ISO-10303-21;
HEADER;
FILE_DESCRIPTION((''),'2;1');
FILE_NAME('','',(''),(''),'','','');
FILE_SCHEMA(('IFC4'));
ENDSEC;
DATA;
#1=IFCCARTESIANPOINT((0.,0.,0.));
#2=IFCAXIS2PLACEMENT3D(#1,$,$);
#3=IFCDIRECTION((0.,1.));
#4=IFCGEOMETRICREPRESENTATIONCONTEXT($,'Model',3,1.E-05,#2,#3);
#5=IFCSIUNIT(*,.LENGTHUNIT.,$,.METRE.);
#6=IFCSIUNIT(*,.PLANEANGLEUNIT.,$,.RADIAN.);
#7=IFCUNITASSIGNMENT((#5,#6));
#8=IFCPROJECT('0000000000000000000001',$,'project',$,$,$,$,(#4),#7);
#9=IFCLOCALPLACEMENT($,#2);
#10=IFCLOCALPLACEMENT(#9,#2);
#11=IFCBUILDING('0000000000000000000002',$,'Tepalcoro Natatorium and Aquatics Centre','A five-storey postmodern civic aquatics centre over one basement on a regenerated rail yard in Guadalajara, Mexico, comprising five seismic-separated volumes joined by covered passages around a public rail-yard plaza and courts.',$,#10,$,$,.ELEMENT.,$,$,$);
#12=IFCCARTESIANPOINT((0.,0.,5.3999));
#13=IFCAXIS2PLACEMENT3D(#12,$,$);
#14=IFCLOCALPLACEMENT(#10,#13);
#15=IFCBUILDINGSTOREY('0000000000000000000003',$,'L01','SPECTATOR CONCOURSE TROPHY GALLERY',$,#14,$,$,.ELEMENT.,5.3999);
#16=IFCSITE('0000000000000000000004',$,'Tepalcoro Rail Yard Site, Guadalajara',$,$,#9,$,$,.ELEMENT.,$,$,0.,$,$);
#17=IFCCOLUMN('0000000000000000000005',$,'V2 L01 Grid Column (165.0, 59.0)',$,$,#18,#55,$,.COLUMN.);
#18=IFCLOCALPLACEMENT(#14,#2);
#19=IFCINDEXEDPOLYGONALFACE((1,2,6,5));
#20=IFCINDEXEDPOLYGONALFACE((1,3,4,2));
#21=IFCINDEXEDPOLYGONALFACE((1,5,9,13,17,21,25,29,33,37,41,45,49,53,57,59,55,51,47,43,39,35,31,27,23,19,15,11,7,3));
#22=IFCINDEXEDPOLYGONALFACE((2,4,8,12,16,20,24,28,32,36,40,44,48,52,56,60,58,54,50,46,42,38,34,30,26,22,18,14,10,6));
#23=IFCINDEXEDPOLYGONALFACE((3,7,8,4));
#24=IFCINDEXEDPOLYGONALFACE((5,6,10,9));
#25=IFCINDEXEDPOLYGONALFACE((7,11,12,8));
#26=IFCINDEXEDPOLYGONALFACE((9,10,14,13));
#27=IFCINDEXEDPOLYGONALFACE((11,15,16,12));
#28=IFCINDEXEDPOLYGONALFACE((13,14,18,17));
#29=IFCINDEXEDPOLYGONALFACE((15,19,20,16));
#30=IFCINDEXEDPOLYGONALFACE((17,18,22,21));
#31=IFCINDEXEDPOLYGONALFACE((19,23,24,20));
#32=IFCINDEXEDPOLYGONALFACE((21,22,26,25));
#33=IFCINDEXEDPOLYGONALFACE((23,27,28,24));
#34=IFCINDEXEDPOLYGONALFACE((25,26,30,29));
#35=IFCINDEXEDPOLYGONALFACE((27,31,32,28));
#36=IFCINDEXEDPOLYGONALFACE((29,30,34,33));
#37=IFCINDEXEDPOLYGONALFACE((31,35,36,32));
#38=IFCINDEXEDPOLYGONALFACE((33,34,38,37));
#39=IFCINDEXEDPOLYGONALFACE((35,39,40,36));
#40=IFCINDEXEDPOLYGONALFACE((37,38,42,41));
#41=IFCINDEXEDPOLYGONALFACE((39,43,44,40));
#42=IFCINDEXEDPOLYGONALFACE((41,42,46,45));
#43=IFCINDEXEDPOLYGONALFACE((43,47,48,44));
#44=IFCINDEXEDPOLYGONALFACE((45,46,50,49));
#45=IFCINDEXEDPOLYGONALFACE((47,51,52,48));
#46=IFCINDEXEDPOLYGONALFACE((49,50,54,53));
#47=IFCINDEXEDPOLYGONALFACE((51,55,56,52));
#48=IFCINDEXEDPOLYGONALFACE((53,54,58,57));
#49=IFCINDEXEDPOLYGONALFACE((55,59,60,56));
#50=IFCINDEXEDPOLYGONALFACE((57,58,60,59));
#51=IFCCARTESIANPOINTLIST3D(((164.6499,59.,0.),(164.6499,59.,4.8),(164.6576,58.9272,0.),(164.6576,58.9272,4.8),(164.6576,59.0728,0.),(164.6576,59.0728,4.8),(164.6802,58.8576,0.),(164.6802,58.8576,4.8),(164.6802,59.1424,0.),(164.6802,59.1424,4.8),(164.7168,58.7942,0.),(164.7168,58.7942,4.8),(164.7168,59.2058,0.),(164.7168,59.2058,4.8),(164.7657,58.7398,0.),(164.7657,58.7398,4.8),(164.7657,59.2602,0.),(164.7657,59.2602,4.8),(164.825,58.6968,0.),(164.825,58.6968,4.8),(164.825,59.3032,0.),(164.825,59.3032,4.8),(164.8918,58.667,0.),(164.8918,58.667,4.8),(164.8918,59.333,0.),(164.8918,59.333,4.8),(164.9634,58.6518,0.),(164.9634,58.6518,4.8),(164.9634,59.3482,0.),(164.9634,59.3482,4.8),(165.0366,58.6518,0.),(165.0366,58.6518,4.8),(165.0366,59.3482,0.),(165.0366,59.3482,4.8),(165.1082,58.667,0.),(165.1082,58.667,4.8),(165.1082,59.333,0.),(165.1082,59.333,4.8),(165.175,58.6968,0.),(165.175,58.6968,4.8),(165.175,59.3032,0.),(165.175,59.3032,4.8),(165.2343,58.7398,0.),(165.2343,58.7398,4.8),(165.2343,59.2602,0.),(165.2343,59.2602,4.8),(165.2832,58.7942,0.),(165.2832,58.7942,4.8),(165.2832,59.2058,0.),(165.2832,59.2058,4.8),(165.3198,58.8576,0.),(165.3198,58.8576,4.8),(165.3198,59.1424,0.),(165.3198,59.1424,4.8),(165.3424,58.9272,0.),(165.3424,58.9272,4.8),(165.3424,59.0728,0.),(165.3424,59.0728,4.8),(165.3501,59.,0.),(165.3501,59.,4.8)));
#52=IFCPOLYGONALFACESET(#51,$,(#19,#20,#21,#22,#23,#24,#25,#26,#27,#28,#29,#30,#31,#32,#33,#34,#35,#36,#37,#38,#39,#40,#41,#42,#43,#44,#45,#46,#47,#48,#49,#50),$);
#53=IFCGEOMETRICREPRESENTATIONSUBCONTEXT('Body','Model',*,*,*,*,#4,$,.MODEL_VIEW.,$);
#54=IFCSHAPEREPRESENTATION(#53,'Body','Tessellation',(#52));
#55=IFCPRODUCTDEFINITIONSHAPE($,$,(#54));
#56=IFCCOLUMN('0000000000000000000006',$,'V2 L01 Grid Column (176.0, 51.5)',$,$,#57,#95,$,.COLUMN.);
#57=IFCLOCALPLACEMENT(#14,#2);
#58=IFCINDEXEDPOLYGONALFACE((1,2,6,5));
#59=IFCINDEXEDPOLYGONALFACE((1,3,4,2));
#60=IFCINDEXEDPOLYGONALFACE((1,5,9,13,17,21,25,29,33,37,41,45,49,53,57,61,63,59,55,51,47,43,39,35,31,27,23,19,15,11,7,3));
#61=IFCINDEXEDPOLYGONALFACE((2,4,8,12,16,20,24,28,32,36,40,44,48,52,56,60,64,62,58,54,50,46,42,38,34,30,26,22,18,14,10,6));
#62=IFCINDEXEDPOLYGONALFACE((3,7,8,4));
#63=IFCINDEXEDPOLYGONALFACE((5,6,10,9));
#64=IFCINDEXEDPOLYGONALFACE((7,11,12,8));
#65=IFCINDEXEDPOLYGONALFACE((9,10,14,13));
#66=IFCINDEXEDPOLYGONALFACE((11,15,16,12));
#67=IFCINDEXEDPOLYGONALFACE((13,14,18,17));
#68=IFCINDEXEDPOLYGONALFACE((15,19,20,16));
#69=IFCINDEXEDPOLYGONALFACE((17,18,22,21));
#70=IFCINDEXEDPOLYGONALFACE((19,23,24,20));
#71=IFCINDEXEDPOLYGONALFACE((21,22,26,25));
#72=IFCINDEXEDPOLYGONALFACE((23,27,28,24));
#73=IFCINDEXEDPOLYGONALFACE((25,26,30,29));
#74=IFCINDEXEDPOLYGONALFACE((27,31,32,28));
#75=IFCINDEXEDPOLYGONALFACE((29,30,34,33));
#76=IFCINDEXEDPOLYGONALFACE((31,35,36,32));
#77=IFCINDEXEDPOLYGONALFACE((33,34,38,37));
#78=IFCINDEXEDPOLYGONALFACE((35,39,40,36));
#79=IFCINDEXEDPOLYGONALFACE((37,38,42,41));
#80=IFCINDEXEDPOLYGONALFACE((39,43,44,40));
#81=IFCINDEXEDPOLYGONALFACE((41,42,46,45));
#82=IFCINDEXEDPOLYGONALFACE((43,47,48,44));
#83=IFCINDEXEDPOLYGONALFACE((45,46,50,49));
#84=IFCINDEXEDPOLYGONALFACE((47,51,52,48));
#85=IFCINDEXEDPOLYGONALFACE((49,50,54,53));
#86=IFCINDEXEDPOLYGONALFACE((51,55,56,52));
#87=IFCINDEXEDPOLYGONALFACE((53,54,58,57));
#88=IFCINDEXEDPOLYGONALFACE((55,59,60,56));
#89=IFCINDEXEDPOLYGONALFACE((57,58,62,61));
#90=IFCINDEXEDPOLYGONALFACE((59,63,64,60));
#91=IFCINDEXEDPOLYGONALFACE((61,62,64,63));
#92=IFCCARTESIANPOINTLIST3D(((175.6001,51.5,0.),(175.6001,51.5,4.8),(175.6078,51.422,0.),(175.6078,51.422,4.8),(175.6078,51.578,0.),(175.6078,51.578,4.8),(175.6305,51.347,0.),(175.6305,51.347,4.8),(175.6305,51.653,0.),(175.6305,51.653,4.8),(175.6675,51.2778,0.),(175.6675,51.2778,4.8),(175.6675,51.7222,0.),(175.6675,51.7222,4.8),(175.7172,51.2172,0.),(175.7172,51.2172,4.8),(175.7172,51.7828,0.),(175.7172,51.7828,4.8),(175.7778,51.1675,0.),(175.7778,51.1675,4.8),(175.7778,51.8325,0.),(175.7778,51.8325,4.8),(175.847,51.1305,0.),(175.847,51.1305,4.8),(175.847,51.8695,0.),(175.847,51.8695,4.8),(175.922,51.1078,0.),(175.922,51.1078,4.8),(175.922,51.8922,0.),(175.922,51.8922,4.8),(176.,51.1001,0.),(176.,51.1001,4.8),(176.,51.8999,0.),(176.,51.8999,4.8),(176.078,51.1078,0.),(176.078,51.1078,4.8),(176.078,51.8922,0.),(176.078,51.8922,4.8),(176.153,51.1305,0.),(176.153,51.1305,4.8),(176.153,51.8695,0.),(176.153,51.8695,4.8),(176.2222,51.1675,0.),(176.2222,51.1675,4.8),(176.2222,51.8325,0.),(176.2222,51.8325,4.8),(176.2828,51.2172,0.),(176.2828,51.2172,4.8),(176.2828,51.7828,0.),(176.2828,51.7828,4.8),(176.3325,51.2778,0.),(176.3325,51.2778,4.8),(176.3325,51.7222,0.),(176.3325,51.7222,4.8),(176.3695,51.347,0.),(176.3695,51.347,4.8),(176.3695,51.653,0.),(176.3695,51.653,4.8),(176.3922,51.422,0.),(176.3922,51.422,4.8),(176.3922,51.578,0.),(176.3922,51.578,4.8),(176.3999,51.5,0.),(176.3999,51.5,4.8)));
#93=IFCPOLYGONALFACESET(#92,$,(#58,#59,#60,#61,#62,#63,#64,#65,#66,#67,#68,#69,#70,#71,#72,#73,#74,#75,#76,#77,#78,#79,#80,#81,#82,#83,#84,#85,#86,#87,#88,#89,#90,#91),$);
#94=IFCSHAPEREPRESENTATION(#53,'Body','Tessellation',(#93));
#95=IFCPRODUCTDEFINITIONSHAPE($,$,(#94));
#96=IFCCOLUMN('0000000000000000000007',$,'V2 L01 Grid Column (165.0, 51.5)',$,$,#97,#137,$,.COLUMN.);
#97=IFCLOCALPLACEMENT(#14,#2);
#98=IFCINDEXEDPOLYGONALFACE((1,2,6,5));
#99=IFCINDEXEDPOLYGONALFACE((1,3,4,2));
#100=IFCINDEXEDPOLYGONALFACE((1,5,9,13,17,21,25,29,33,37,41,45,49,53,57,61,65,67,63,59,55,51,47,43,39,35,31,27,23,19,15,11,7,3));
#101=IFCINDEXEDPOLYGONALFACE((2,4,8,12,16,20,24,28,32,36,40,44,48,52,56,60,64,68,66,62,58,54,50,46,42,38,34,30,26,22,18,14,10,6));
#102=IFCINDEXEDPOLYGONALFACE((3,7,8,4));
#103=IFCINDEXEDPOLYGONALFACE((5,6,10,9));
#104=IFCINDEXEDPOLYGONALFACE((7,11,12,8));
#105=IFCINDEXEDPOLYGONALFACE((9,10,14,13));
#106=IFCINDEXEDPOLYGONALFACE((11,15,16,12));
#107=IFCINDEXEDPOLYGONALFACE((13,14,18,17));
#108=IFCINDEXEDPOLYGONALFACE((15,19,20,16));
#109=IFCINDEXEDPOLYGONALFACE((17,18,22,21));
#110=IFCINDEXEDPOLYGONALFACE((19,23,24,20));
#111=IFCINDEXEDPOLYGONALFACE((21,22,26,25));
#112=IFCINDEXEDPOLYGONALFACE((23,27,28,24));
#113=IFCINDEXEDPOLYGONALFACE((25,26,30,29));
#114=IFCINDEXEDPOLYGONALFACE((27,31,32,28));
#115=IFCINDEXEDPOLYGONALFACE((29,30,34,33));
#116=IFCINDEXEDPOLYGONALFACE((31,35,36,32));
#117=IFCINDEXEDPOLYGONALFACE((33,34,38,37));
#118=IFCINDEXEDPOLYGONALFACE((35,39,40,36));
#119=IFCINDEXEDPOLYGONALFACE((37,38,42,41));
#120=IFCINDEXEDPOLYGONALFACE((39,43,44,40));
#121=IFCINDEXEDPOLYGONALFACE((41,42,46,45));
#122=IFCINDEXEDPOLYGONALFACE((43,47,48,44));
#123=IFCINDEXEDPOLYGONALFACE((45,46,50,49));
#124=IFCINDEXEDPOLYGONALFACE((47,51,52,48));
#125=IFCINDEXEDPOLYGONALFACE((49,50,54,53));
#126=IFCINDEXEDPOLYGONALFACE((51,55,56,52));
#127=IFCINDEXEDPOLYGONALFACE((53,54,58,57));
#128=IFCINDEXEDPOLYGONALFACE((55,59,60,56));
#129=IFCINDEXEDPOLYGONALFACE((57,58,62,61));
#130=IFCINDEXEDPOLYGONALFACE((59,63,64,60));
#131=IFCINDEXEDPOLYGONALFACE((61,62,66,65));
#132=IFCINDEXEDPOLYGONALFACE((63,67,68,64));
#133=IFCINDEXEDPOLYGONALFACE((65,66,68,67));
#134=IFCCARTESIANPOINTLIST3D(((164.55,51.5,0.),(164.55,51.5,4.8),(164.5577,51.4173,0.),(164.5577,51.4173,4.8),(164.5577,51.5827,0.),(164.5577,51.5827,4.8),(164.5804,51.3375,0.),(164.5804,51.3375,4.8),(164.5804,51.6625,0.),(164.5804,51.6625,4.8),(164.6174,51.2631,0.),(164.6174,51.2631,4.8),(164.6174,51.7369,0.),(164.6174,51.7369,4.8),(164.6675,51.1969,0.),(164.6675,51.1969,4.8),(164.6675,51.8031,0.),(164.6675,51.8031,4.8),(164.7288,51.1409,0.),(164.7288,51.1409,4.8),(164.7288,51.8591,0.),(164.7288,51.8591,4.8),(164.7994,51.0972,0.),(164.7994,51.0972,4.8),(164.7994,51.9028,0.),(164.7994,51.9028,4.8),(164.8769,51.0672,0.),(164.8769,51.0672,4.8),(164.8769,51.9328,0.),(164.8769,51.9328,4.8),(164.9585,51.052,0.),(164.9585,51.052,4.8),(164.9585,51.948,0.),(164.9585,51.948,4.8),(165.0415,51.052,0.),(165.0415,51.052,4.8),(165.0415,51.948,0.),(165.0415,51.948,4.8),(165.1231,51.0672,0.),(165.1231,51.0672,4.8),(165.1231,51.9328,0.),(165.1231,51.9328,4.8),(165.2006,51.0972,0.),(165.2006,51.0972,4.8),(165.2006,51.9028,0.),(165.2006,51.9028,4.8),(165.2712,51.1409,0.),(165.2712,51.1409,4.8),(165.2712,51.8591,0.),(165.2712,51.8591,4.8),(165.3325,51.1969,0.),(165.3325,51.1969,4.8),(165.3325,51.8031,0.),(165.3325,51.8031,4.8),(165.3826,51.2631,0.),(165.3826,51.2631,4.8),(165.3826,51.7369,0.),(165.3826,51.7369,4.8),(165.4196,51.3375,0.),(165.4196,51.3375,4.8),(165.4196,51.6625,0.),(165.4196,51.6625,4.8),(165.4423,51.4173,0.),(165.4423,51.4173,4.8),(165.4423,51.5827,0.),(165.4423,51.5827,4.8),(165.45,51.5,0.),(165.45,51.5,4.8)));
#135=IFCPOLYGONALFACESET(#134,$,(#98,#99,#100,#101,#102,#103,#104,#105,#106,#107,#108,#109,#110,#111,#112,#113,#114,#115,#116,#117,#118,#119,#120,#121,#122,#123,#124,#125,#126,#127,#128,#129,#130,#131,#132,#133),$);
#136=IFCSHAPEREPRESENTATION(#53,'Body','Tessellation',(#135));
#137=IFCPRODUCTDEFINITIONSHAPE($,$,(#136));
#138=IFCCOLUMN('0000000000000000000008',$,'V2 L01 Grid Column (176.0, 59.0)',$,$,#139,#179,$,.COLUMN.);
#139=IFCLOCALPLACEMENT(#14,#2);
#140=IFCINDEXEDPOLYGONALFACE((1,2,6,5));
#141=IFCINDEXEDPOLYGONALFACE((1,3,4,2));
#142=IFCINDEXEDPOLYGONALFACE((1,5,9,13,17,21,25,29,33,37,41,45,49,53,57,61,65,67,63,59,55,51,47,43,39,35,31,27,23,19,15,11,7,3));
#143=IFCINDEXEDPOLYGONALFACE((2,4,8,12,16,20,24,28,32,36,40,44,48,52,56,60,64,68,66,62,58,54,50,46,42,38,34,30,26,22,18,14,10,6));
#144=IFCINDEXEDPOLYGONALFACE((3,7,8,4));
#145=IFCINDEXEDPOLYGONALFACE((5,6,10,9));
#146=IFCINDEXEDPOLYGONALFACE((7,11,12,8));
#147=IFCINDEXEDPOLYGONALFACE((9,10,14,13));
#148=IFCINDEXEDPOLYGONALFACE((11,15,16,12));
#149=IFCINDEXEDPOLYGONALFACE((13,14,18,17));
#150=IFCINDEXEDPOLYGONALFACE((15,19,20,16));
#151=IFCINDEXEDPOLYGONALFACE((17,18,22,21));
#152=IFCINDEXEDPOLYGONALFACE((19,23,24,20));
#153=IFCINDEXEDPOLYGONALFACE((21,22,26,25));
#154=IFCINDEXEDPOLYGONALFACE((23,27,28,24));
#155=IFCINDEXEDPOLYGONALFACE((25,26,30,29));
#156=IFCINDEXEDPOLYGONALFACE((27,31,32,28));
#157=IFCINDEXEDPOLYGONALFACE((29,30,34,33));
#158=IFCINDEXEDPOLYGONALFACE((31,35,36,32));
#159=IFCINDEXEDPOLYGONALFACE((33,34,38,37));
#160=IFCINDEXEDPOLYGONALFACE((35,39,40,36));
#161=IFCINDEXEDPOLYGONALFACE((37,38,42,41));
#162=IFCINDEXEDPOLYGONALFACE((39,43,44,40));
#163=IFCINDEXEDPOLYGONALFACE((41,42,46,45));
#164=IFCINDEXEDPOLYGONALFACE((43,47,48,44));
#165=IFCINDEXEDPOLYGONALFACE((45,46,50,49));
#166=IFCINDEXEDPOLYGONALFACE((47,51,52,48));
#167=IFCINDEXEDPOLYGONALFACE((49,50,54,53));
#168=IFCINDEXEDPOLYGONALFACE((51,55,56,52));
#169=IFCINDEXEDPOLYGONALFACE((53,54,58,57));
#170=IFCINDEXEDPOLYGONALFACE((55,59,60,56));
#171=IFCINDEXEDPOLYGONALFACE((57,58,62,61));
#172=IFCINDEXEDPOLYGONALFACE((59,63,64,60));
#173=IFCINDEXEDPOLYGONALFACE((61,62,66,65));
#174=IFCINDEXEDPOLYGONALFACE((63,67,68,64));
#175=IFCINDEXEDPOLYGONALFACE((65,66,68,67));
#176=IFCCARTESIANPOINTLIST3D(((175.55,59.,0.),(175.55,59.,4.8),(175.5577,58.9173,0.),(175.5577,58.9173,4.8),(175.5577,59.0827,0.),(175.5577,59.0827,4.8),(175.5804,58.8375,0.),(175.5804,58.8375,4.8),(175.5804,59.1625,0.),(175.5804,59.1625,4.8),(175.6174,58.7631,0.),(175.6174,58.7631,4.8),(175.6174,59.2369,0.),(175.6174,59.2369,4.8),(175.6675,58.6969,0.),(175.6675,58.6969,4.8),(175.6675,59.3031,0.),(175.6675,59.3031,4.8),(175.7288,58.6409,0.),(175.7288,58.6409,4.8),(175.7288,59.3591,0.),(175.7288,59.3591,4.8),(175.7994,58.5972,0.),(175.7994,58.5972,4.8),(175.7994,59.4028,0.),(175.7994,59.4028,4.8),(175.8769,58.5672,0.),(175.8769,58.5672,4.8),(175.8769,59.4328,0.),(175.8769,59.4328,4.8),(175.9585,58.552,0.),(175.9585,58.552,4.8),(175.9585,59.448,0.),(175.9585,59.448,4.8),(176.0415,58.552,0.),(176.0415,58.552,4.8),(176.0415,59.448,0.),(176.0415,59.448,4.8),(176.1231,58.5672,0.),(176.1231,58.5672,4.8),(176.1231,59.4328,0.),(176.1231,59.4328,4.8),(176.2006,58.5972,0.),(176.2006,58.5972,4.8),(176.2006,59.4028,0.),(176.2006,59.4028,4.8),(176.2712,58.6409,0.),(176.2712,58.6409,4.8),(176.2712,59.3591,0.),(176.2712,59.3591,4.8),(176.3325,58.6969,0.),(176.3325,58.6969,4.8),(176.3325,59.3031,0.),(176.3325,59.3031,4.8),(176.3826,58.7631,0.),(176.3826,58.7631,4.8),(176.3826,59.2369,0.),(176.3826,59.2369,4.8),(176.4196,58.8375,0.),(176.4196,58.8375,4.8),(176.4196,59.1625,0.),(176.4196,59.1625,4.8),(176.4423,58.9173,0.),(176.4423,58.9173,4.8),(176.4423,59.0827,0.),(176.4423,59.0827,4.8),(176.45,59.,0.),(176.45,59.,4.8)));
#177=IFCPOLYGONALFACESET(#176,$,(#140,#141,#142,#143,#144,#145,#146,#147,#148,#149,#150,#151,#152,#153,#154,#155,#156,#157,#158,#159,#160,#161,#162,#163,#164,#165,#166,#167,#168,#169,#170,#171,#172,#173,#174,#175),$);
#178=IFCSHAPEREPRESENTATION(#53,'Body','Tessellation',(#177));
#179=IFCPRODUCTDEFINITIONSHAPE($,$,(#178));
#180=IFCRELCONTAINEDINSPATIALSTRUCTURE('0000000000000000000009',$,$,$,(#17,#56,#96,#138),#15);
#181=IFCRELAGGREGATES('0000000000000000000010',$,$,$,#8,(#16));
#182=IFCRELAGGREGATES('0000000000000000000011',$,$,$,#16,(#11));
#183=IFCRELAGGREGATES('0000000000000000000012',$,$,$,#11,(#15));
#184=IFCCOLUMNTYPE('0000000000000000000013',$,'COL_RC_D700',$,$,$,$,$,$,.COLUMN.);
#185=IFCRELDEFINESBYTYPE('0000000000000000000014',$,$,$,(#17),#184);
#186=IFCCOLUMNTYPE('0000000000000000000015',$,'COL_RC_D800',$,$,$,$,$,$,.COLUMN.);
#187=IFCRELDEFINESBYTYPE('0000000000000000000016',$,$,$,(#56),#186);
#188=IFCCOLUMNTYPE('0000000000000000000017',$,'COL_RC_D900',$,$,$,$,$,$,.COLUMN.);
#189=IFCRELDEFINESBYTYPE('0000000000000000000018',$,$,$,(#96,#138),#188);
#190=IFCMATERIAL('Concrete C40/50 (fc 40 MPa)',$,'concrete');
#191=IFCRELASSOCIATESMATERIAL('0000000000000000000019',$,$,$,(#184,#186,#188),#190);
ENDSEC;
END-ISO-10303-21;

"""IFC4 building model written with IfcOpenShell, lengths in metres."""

from ifc_helpers import new_model, si_unit, direction, frame, origin, origin_2d, place, context, subcontext, project, spatial, circle, extrude, material, material_profile, profile_set, type_object, element, save


model = new_model("IFC4")

# Units and contexts
model_context = context("Model", 3, precision=1e-05, world=origin(), true_north=direction((0.0, 1.0)))
body_context = subcontext(model_context, "Body", "Model", "MODEL_VIEW")
ifc_project = project(units=[si_unit("LENGTHUNIT", "METRE"), si_unit("PLANEANGLEUNIT", "RADIAN")], contexts=[model_context])

# Site, building, storey
site_placement = place(None, origin())
site = spatial("IfcSite", under=ifc_project, at=site_placement, Name="Tepalcoro Rail Yard Site, Guadalajara", CompositionType="ELEMENT", RefElevation=0.0)
building_placement = place(site_placement, origin())
building = spatial("IfcBuilding", under=site, at=building_placement, Name="Tepalcoro Natatorium and Aquatics Centre", Description="A five-storey postmodern civic aquatics centre over one basement on a regenerated rail yard in Guadalajara, Mexico, comprising five seismic-separated volumes joined by covered passages around a public rail-yard plaza and courts.", CompositionType="ELEMENT")
storey_placement = place(building_placement, frame((0.0, 0.0, 5.3999)))
storey = spatial("IfcBuildingStorey", under=building, at=storey_placement, Name="L01", Description="SPECTATOR CONCOURSE TROPHY GALLERY", CompositionType="ELEMENT", Elevation=5.3999)

# Columns
ifc_material_1 = material(Name="Concrete C40/50 (fc 40 MPa)", Category="concrete")
ifc_material_profile_1 = material_profile(ifc_material_1, circle(Radius=0.3501, at=origin_2d()), Name="RCD700")
ifc_profile_set_1 = profile_set([ifc_material_profile_1], Name="Concrete C40/50 (fc 40 MPa)")
column_type_1 = type_object("IfcColumnType", Name="COL_RC_D700", PredefinedType="COLUMN", material=ifc_profile_set_1)
column_1_placement = place(storey_placement, frame((165.0, 59.0, 0.0), z_axis=(0.0, 0.0, 1.0), x_axis=(1.0, 0.0, 0.0)))
element("IfcColumn", 1, at=column_1_placement, inside=storey, type_object=column_type_1, Name="V2 L01 Grid Column (165.0, 59.0)", PredefinedType="COLUMN", context=body_context, shape_type="SweptSolid", body=[
    extrude(circle(Radius=0.3501, at=origin_2d()), origin(), (0.0, 0.0, 1.0), 4.8),
])
ifc_material_profile_2 = material_profile(ifc_material_1, circle(Radius=0.3999, at=origin_2d()), Name="RCD800")
ifc_profile_set_2 = profile_set([ifc_material_profile_2], Name="Concrete C40/50 (fc 40 MPa)")
column_type_2 = type_object("IfcColumnType", Name="COL_RC_D800", PredefinedType="COLUMN", material=ifc_profile_set_2)
column_2_placement = place(storey_placement, frame((176.0, 51.5, 0.0), z_axis=(0.0, 0.0, 1.0), x_axis=(1.0, 0.0, 0.0)))
element("IfcColumn", 2, at=column_2_placement, inside=storey, type_object=column_type_2, Name="V2 L01 Grid Column (176.0, 51.5)", PredefinedType="COLUMN", context=body_context, shape_type="SweptSolid", body=[
    extrude(circle(Radius=0.3999, at=origin_2d()), origin(), (0.0, 0.0, 1.0), 4.8),
])
ifc_material_profile_3 = material_profile(ifc_material_1, circle(Radius=0.45, at=origin_2d()), Name="RCD900")
ifc_profile_set_3 = profile_set([ifc_material_profile_3], Name="Concrete C40/50 (fc 40 MPa)")
column_type_3 = type_object("IfcColumnType", Name="COL_RC_D900", PredefinedType="COLUMN", material=ifc_profile_set_3)
for number, where, z_axis, x_axis, name in (
    (3, (165.0, 51.5, 0.0), (0.0, 0.0, 1.0), (1.0, 0.0, 0.0), "V2 L01 Grid Column (165.0, 51.5)"),
    (4, (176.0, 59.0, 0.0), (0.0, 0.0, 1.0), (1.0, 0.0, 0.0), "V2 L01 Grid Column (176.0, 59.0)"),
):
    element("IfcColumn", number, at=place(storey_placement, frame(where, z_axis=z_axis, x_axis=x_axis)), inside=storey, type_object=column_type_3, Name=name, PredefinedType="COLUMN", context=body_context, shape_type="SweptSolid", body=[
        extrude(circle(Radius=0.45, at=origin_2d()), origin(), (0.0, 0.0, 1.0), 4.8),
    ])

save(model, "model.ifc")
